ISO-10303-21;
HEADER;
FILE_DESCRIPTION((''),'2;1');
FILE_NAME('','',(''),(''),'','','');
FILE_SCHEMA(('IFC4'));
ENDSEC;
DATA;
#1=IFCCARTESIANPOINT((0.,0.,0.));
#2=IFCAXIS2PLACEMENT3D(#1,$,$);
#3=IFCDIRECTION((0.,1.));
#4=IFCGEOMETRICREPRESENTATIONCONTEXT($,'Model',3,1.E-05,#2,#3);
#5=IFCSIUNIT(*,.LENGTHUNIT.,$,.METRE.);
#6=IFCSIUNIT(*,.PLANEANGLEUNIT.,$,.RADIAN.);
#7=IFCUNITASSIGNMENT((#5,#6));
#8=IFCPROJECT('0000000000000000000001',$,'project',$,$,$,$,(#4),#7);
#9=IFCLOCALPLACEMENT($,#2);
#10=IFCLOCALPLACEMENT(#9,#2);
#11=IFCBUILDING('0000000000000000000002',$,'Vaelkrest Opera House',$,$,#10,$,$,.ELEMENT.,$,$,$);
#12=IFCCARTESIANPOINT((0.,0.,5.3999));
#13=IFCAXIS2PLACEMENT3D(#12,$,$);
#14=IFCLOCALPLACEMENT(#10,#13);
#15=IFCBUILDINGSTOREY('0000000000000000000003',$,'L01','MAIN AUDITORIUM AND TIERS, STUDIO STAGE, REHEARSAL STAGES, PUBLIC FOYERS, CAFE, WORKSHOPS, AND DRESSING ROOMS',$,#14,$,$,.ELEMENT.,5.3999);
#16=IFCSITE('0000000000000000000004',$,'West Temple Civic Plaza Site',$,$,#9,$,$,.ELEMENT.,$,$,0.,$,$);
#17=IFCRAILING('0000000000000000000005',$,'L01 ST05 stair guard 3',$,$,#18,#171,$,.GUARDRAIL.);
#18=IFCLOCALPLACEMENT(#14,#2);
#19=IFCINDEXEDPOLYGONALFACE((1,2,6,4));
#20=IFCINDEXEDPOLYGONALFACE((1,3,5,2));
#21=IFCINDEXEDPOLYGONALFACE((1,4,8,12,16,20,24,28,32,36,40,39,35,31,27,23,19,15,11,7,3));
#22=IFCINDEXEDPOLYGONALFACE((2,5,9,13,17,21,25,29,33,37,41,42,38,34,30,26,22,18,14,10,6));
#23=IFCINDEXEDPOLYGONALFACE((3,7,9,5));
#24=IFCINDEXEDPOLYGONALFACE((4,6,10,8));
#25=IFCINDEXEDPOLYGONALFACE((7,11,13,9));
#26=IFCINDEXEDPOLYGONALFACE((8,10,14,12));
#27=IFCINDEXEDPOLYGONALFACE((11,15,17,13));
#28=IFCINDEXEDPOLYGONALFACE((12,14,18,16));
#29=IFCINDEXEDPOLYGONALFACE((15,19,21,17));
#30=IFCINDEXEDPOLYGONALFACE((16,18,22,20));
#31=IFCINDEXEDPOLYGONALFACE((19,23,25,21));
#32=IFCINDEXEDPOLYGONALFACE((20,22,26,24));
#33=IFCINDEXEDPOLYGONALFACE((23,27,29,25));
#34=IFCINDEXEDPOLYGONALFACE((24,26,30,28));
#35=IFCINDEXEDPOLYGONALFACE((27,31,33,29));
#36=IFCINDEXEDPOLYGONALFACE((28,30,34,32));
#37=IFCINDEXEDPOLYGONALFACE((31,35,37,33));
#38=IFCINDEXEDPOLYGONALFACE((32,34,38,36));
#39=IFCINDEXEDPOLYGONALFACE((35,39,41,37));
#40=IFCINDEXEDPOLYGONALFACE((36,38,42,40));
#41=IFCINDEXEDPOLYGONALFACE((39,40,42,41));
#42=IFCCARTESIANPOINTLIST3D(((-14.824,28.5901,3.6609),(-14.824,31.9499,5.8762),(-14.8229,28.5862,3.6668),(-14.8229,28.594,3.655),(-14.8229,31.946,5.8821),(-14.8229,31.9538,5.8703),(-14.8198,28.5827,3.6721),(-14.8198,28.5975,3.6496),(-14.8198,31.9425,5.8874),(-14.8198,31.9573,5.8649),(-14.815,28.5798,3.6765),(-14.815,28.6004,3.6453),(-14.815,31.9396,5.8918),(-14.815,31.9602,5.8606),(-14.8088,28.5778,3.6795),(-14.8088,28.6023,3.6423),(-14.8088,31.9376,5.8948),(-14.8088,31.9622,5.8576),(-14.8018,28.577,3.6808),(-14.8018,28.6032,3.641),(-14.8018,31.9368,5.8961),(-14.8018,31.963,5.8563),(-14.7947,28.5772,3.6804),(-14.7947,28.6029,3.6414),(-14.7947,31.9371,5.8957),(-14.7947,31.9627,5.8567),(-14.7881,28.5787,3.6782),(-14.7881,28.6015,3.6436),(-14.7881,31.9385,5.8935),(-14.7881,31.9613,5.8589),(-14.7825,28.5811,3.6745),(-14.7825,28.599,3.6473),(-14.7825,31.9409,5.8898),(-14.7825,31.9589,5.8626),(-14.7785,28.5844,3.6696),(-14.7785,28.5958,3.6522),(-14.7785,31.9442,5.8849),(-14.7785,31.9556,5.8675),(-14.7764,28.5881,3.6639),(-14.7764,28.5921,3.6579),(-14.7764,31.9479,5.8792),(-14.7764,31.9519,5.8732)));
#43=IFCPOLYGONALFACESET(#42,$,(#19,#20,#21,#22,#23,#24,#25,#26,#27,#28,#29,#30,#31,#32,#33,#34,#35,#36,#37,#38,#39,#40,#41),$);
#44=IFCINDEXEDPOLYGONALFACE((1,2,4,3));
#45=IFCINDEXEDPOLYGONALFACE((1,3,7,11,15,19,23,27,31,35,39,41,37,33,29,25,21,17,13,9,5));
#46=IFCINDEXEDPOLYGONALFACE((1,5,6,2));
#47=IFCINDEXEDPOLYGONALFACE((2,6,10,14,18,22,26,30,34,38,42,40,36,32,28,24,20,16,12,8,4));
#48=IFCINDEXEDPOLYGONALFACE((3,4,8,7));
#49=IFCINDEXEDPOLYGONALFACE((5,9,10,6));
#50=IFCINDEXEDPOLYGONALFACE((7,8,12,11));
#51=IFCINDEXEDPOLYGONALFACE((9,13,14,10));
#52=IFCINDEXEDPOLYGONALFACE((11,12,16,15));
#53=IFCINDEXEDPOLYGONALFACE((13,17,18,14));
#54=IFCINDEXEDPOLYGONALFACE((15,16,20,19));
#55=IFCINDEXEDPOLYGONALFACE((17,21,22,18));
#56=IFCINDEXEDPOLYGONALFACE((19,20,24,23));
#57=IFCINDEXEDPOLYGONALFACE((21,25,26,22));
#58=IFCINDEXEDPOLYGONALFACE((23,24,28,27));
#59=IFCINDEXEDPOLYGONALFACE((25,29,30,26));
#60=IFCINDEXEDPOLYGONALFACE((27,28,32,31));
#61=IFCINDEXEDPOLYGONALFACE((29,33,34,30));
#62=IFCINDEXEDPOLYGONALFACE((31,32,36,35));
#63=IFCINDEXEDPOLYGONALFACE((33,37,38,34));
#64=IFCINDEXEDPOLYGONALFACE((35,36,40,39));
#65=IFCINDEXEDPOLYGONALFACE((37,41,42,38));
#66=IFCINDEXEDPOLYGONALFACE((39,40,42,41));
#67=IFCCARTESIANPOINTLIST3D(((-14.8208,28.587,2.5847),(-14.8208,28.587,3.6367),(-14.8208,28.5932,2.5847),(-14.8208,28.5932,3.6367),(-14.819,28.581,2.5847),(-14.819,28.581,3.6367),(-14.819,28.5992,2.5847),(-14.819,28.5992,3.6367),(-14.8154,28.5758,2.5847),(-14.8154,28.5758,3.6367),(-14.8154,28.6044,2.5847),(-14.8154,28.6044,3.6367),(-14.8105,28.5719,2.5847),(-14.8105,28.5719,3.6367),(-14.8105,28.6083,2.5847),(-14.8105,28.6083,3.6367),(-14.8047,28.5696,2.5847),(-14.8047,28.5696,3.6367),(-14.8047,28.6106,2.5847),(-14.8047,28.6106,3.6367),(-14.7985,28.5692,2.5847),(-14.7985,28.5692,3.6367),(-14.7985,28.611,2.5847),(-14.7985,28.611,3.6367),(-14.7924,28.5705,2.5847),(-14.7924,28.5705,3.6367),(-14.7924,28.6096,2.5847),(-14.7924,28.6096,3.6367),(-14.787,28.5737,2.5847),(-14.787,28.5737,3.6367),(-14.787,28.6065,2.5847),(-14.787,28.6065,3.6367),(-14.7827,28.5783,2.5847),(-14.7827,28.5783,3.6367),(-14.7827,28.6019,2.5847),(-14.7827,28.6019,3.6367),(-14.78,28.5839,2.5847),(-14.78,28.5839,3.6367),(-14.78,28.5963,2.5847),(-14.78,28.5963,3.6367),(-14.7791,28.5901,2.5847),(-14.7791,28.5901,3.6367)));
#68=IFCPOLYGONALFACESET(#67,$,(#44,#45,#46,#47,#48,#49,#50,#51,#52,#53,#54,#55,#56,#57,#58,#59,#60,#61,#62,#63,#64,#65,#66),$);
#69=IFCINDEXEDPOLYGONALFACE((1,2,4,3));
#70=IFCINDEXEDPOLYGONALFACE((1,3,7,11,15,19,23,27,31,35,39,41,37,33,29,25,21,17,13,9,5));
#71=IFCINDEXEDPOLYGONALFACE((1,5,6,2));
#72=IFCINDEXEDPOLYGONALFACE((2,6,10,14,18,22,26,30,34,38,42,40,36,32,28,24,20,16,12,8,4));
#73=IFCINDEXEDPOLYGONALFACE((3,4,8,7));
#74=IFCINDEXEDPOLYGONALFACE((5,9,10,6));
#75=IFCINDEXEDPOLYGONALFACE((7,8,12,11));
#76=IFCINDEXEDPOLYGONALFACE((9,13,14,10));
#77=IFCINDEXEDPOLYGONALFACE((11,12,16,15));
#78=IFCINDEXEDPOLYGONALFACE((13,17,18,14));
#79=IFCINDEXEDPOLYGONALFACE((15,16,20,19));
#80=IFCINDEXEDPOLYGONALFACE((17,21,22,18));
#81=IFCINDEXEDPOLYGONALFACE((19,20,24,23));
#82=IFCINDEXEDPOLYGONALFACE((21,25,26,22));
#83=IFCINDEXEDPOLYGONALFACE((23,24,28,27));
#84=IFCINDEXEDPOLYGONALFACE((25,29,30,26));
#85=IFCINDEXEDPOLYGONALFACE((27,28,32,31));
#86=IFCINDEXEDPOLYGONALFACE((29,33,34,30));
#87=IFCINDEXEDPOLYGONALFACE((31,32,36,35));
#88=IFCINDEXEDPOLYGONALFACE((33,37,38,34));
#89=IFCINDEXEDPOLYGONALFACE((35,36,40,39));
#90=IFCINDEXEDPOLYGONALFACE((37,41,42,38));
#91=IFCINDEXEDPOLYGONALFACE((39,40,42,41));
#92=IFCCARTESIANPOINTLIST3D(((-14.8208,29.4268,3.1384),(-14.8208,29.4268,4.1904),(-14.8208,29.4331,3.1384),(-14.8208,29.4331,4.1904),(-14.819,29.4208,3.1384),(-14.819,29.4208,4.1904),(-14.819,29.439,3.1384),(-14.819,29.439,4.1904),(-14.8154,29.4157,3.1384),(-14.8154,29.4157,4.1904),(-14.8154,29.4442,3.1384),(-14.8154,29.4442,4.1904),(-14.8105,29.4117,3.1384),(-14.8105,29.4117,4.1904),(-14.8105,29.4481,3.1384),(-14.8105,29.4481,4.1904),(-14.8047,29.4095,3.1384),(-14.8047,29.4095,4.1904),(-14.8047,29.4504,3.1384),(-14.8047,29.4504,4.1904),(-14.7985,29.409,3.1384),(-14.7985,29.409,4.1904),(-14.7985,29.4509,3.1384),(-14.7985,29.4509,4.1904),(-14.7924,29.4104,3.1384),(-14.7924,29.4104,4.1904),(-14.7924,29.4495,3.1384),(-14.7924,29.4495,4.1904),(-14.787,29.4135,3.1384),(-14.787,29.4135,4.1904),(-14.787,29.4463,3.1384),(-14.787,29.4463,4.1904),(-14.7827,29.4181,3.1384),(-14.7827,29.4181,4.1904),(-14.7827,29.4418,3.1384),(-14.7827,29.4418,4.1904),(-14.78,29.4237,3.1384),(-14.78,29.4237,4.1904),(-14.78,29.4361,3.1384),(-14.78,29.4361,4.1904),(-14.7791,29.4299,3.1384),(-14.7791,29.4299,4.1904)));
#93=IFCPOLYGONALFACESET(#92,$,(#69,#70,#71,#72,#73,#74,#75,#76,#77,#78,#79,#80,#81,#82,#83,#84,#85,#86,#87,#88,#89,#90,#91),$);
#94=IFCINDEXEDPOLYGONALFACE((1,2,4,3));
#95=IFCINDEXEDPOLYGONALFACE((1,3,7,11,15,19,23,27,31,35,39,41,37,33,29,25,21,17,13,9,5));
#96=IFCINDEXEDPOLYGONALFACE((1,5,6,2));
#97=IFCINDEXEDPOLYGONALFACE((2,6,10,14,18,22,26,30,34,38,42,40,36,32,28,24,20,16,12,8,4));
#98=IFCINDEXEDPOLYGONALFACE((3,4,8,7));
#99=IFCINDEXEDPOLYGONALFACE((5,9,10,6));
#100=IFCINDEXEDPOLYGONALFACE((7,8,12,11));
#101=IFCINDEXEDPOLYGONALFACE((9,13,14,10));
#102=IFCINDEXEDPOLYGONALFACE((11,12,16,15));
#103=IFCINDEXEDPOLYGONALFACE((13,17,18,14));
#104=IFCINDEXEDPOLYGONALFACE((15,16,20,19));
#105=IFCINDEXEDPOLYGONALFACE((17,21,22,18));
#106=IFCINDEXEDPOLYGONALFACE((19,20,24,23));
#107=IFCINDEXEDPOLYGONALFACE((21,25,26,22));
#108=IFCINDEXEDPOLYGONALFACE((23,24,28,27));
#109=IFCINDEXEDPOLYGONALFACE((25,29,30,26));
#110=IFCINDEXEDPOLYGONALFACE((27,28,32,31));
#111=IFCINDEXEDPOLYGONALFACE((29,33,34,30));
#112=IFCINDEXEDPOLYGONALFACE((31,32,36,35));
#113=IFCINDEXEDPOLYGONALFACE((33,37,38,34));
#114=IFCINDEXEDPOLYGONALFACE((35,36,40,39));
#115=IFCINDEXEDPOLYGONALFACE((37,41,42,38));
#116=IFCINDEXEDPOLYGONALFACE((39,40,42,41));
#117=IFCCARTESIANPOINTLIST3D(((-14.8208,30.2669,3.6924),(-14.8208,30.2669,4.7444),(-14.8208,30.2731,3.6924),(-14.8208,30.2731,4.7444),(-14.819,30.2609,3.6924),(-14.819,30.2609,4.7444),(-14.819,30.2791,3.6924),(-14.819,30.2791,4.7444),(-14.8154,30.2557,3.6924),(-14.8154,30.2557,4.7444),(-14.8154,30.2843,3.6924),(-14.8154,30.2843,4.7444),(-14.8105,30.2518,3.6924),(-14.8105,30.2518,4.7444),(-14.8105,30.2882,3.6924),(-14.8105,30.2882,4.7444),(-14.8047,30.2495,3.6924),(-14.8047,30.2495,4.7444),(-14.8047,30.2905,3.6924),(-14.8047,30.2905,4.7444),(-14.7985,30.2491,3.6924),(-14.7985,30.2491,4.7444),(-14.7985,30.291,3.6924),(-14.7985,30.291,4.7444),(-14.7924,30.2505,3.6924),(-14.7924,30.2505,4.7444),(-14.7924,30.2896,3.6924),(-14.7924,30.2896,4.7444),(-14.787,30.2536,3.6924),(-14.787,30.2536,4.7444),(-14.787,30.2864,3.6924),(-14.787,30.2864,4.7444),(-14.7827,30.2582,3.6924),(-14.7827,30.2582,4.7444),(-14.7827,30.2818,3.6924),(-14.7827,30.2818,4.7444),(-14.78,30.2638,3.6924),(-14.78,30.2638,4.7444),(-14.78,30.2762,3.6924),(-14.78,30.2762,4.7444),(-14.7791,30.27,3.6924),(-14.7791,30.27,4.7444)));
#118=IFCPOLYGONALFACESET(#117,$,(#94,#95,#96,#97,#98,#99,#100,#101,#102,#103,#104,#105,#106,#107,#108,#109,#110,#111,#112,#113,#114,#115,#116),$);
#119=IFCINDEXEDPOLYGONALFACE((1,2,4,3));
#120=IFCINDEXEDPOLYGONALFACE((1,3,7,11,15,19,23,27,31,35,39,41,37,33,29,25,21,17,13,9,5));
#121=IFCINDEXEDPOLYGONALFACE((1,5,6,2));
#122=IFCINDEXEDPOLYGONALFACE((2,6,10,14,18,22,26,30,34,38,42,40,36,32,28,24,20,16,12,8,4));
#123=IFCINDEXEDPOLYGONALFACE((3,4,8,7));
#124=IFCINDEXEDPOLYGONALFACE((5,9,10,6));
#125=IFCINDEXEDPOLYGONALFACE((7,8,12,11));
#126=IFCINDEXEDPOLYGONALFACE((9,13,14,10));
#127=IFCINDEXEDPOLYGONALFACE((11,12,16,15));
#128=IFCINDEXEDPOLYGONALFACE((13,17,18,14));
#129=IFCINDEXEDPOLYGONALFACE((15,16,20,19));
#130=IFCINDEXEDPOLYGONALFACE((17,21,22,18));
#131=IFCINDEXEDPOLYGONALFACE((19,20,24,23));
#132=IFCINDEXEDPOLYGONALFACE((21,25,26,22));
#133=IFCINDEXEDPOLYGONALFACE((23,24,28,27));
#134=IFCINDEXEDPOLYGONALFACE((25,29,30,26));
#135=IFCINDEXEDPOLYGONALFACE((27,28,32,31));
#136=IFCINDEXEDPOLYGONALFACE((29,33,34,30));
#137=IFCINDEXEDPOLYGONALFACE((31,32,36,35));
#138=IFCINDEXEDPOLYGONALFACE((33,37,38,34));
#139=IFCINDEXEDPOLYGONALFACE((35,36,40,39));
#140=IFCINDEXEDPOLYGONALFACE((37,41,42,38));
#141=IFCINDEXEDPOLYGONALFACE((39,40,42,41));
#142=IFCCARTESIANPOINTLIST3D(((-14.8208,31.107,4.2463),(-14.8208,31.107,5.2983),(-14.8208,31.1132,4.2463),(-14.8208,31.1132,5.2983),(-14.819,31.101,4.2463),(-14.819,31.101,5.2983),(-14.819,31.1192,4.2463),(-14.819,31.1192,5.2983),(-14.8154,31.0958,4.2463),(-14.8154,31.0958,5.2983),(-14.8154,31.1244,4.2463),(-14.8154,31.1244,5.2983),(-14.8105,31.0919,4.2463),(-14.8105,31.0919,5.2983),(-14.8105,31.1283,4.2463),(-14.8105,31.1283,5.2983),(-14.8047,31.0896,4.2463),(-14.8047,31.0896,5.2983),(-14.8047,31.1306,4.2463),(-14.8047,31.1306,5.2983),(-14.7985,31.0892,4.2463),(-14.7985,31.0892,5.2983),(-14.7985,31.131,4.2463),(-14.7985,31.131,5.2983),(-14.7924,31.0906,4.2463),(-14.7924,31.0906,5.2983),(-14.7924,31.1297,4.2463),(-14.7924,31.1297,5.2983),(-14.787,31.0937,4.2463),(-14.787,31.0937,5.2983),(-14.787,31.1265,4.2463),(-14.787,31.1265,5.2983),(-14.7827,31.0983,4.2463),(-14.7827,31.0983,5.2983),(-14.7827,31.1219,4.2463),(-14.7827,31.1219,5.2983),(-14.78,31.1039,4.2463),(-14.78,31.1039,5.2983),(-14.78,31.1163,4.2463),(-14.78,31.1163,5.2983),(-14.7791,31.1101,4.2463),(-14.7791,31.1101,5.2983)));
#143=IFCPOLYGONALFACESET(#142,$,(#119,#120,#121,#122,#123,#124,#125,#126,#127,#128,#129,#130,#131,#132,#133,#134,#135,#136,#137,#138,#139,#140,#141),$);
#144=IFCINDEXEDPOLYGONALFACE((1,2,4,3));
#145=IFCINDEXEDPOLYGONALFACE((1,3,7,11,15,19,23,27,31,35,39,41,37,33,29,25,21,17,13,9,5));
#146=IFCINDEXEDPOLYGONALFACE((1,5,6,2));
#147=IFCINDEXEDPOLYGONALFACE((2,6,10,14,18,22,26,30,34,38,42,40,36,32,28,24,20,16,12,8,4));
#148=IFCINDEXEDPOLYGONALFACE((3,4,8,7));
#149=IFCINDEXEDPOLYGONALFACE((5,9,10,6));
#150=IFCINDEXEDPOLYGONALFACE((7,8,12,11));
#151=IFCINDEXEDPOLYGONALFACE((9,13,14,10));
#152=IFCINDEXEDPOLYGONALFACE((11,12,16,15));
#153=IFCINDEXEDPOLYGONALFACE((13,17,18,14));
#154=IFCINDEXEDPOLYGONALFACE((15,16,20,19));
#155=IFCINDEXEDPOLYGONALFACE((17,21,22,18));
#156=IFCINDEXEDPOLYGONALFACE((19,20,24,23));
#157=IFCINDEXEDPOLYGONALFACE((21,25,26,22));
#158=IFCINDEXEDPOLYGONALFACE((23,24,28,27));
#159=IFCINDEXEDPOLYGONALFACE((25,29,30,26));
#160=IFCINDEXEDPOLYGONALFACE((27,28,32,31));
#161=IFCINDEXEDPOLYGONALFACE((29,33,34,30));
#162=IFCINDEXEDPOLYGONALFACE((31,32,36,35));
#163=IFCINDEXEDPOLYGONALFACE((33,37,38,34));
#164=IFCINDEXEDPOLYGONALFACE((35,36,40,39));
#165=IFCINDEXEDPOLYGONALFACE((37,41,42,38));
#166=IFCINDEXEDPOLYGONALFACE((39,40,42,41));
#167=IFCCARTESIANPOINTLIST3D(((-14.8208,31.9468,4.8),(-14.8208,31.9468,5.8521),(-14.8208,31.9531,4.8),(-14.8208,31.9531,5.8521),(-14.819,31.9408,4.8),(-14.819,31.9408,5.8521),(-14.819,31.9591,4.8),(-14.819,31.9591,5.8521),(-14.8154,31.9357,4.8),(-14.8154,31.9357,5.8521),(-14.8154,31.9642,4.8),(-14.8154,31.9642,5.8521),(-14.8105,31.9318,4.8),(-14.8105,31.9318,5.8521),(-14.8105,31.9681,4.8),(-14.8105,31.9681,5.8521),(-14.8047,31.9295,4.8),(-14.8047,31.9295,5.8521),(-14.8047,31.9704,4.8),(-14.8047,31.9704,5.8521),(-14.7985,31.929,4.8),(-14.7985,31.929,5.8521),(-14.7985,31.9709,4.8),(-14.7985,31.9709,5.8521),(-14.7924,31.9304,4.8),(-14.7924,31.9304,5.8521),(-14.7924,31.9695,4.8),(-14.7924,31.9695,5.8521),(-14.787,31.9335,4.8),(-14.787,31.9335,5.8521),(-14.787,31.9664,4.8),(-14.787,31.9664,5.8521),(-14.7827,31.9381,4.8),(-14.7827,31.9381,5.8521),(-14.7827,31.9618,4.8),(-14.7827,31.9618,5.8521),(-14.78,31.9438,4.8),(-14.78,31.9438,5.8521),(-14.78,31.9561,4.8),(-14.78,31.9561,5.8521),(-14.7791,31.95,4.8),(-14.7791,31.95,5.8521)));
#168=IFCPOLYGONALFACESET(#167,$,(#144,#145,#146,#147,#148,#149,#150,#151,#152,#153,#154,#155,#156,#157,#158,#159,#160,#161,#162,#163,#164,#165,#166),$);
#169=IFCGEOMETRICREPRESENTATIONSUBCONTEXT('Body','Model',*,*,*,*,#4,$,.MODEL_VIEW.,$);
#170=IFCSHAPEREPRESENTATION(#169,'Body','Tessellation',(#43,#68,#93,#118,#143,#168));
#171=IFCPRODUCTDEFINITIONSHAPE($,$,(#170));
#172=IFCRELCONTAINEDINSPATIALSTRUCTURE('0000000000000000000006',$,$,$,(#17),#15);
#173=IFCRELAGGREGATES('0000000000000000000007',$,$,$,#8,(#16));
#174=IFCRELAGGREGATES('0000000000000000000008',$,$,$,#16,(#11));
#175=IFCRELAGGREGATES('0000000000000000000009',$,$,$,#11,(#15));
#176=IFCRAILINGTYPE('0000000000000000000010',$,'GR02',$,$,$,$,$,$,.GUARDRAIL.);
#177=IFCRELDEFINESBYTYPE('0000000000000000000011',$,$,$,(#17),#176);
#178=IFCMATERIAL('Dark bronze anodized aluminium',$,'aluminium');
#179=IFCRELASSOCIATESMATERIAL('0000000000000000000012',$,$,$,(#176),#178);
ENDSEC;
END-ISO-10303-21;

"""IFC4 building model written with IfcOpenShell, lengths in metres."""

from ifc_helpers import new_model, si_unit, direction, frame, origin, origin_2d, place, context, subcontext, project, spatial, circle, extrude, material, type_object, element, save


model = new_model("IFC4")

# Units and contexts
model_context = context("Model", 3, precision=1e-05, world=origin(), true_north=direction((0.0, 1.0)))
body_context = subcontext(model_context, "Body", "Model", "MODEL_VIEW")
ifc_project = project(units=[si_unit("LENGTHUNIT", "METRE"), si_unit("PLANEANGLEUNIT", "RADIAN")], contexts=[model_context])

# Site, building, storey
site_placement = place(None, origin())
site = spatial("IfcSite", under=ifc_project, at=site_placement, Name="West Temple Civic Plaza Site", CompositionType="ELEMENT", RefElevation=0.0)
building_placement = place(site_placement, origin())
building = spatial("IfcBuilding", under=site, at=building_placement, Name="Vaelkrest Opera House", CompositionType="ELEMENT")
storey_placement = place(building_placement, frame((0.0, 0.0, 5.3999)))
storey = spatial("IfcBuildingStorey", under=building, at=storey_placement, Name="L01", Description="MAIN AUDITORIUM AND TIERS, STUDIO STAGE, REHEARSAL STAGES, PUBLIC FOYERS, CAFE, WORKSHOPS, AND DRESSING ROOMS", CompositionType="ELEMENT", Elevation=5.3999)

# Railing
ifc_material_1 = material(Name="Dark bronze anodized aluminium", Category="aluminium")
railing_type_1 = type_object("IfcRailingType", Name="GR02", PredefinedType="GUARDRAIL", material=ifc_material_1)
railing_1_placement = place(storey_placement, frame((-14.8, 28.5901, 2.5847)))
element("IfcRailing", 1, at=railing_1_placement, inside=storey, type_object=railing_type_1, Name="L01 ST05 stair guard 3", PredefinedType="GUARDRAIL", context=body_context, shape_type="SweptSolid", body=[
    extrude(circle(Radius=0.0239, at=origin_2d()), frame((0.0, 0.0, 1.0762), z_axis=(0.0, 0.834858, 0.550465), x_axis=(-1.0, 0.0, 0.0)), (0.0, 0.0, 1.0), 4.0244),
    extrude(circle(Radius=0.021, at=origin_2d()), origin(), (0.0, 0.0, 1.0), 1.052),
    extrude(circle(Radius=0.021, at=origin_2d()), frame((0.0, 0.8398, 0.5537)), (0.0, 0.0, 1.0), 1.052),
    extrude(circle(Radius=0.021, at=origin_2d()), frame((0.0, 1.6799, 1.1077)), (0.0, 0.0, 1.0), 1.052),
    extrude(circle(Radius=0.021, at=origin_2d()), frame((0.0, 2.52, 1.6616)), (0.0, 0.0, 1.0), 1.052),
    extrude(circle(Radius=0.021, at=origin_2d()), frame((0.0, 3.3599, 2.2153)), (0.0, 0.0, 1.0), 1.052),
])

save(model, "model.ifc")
